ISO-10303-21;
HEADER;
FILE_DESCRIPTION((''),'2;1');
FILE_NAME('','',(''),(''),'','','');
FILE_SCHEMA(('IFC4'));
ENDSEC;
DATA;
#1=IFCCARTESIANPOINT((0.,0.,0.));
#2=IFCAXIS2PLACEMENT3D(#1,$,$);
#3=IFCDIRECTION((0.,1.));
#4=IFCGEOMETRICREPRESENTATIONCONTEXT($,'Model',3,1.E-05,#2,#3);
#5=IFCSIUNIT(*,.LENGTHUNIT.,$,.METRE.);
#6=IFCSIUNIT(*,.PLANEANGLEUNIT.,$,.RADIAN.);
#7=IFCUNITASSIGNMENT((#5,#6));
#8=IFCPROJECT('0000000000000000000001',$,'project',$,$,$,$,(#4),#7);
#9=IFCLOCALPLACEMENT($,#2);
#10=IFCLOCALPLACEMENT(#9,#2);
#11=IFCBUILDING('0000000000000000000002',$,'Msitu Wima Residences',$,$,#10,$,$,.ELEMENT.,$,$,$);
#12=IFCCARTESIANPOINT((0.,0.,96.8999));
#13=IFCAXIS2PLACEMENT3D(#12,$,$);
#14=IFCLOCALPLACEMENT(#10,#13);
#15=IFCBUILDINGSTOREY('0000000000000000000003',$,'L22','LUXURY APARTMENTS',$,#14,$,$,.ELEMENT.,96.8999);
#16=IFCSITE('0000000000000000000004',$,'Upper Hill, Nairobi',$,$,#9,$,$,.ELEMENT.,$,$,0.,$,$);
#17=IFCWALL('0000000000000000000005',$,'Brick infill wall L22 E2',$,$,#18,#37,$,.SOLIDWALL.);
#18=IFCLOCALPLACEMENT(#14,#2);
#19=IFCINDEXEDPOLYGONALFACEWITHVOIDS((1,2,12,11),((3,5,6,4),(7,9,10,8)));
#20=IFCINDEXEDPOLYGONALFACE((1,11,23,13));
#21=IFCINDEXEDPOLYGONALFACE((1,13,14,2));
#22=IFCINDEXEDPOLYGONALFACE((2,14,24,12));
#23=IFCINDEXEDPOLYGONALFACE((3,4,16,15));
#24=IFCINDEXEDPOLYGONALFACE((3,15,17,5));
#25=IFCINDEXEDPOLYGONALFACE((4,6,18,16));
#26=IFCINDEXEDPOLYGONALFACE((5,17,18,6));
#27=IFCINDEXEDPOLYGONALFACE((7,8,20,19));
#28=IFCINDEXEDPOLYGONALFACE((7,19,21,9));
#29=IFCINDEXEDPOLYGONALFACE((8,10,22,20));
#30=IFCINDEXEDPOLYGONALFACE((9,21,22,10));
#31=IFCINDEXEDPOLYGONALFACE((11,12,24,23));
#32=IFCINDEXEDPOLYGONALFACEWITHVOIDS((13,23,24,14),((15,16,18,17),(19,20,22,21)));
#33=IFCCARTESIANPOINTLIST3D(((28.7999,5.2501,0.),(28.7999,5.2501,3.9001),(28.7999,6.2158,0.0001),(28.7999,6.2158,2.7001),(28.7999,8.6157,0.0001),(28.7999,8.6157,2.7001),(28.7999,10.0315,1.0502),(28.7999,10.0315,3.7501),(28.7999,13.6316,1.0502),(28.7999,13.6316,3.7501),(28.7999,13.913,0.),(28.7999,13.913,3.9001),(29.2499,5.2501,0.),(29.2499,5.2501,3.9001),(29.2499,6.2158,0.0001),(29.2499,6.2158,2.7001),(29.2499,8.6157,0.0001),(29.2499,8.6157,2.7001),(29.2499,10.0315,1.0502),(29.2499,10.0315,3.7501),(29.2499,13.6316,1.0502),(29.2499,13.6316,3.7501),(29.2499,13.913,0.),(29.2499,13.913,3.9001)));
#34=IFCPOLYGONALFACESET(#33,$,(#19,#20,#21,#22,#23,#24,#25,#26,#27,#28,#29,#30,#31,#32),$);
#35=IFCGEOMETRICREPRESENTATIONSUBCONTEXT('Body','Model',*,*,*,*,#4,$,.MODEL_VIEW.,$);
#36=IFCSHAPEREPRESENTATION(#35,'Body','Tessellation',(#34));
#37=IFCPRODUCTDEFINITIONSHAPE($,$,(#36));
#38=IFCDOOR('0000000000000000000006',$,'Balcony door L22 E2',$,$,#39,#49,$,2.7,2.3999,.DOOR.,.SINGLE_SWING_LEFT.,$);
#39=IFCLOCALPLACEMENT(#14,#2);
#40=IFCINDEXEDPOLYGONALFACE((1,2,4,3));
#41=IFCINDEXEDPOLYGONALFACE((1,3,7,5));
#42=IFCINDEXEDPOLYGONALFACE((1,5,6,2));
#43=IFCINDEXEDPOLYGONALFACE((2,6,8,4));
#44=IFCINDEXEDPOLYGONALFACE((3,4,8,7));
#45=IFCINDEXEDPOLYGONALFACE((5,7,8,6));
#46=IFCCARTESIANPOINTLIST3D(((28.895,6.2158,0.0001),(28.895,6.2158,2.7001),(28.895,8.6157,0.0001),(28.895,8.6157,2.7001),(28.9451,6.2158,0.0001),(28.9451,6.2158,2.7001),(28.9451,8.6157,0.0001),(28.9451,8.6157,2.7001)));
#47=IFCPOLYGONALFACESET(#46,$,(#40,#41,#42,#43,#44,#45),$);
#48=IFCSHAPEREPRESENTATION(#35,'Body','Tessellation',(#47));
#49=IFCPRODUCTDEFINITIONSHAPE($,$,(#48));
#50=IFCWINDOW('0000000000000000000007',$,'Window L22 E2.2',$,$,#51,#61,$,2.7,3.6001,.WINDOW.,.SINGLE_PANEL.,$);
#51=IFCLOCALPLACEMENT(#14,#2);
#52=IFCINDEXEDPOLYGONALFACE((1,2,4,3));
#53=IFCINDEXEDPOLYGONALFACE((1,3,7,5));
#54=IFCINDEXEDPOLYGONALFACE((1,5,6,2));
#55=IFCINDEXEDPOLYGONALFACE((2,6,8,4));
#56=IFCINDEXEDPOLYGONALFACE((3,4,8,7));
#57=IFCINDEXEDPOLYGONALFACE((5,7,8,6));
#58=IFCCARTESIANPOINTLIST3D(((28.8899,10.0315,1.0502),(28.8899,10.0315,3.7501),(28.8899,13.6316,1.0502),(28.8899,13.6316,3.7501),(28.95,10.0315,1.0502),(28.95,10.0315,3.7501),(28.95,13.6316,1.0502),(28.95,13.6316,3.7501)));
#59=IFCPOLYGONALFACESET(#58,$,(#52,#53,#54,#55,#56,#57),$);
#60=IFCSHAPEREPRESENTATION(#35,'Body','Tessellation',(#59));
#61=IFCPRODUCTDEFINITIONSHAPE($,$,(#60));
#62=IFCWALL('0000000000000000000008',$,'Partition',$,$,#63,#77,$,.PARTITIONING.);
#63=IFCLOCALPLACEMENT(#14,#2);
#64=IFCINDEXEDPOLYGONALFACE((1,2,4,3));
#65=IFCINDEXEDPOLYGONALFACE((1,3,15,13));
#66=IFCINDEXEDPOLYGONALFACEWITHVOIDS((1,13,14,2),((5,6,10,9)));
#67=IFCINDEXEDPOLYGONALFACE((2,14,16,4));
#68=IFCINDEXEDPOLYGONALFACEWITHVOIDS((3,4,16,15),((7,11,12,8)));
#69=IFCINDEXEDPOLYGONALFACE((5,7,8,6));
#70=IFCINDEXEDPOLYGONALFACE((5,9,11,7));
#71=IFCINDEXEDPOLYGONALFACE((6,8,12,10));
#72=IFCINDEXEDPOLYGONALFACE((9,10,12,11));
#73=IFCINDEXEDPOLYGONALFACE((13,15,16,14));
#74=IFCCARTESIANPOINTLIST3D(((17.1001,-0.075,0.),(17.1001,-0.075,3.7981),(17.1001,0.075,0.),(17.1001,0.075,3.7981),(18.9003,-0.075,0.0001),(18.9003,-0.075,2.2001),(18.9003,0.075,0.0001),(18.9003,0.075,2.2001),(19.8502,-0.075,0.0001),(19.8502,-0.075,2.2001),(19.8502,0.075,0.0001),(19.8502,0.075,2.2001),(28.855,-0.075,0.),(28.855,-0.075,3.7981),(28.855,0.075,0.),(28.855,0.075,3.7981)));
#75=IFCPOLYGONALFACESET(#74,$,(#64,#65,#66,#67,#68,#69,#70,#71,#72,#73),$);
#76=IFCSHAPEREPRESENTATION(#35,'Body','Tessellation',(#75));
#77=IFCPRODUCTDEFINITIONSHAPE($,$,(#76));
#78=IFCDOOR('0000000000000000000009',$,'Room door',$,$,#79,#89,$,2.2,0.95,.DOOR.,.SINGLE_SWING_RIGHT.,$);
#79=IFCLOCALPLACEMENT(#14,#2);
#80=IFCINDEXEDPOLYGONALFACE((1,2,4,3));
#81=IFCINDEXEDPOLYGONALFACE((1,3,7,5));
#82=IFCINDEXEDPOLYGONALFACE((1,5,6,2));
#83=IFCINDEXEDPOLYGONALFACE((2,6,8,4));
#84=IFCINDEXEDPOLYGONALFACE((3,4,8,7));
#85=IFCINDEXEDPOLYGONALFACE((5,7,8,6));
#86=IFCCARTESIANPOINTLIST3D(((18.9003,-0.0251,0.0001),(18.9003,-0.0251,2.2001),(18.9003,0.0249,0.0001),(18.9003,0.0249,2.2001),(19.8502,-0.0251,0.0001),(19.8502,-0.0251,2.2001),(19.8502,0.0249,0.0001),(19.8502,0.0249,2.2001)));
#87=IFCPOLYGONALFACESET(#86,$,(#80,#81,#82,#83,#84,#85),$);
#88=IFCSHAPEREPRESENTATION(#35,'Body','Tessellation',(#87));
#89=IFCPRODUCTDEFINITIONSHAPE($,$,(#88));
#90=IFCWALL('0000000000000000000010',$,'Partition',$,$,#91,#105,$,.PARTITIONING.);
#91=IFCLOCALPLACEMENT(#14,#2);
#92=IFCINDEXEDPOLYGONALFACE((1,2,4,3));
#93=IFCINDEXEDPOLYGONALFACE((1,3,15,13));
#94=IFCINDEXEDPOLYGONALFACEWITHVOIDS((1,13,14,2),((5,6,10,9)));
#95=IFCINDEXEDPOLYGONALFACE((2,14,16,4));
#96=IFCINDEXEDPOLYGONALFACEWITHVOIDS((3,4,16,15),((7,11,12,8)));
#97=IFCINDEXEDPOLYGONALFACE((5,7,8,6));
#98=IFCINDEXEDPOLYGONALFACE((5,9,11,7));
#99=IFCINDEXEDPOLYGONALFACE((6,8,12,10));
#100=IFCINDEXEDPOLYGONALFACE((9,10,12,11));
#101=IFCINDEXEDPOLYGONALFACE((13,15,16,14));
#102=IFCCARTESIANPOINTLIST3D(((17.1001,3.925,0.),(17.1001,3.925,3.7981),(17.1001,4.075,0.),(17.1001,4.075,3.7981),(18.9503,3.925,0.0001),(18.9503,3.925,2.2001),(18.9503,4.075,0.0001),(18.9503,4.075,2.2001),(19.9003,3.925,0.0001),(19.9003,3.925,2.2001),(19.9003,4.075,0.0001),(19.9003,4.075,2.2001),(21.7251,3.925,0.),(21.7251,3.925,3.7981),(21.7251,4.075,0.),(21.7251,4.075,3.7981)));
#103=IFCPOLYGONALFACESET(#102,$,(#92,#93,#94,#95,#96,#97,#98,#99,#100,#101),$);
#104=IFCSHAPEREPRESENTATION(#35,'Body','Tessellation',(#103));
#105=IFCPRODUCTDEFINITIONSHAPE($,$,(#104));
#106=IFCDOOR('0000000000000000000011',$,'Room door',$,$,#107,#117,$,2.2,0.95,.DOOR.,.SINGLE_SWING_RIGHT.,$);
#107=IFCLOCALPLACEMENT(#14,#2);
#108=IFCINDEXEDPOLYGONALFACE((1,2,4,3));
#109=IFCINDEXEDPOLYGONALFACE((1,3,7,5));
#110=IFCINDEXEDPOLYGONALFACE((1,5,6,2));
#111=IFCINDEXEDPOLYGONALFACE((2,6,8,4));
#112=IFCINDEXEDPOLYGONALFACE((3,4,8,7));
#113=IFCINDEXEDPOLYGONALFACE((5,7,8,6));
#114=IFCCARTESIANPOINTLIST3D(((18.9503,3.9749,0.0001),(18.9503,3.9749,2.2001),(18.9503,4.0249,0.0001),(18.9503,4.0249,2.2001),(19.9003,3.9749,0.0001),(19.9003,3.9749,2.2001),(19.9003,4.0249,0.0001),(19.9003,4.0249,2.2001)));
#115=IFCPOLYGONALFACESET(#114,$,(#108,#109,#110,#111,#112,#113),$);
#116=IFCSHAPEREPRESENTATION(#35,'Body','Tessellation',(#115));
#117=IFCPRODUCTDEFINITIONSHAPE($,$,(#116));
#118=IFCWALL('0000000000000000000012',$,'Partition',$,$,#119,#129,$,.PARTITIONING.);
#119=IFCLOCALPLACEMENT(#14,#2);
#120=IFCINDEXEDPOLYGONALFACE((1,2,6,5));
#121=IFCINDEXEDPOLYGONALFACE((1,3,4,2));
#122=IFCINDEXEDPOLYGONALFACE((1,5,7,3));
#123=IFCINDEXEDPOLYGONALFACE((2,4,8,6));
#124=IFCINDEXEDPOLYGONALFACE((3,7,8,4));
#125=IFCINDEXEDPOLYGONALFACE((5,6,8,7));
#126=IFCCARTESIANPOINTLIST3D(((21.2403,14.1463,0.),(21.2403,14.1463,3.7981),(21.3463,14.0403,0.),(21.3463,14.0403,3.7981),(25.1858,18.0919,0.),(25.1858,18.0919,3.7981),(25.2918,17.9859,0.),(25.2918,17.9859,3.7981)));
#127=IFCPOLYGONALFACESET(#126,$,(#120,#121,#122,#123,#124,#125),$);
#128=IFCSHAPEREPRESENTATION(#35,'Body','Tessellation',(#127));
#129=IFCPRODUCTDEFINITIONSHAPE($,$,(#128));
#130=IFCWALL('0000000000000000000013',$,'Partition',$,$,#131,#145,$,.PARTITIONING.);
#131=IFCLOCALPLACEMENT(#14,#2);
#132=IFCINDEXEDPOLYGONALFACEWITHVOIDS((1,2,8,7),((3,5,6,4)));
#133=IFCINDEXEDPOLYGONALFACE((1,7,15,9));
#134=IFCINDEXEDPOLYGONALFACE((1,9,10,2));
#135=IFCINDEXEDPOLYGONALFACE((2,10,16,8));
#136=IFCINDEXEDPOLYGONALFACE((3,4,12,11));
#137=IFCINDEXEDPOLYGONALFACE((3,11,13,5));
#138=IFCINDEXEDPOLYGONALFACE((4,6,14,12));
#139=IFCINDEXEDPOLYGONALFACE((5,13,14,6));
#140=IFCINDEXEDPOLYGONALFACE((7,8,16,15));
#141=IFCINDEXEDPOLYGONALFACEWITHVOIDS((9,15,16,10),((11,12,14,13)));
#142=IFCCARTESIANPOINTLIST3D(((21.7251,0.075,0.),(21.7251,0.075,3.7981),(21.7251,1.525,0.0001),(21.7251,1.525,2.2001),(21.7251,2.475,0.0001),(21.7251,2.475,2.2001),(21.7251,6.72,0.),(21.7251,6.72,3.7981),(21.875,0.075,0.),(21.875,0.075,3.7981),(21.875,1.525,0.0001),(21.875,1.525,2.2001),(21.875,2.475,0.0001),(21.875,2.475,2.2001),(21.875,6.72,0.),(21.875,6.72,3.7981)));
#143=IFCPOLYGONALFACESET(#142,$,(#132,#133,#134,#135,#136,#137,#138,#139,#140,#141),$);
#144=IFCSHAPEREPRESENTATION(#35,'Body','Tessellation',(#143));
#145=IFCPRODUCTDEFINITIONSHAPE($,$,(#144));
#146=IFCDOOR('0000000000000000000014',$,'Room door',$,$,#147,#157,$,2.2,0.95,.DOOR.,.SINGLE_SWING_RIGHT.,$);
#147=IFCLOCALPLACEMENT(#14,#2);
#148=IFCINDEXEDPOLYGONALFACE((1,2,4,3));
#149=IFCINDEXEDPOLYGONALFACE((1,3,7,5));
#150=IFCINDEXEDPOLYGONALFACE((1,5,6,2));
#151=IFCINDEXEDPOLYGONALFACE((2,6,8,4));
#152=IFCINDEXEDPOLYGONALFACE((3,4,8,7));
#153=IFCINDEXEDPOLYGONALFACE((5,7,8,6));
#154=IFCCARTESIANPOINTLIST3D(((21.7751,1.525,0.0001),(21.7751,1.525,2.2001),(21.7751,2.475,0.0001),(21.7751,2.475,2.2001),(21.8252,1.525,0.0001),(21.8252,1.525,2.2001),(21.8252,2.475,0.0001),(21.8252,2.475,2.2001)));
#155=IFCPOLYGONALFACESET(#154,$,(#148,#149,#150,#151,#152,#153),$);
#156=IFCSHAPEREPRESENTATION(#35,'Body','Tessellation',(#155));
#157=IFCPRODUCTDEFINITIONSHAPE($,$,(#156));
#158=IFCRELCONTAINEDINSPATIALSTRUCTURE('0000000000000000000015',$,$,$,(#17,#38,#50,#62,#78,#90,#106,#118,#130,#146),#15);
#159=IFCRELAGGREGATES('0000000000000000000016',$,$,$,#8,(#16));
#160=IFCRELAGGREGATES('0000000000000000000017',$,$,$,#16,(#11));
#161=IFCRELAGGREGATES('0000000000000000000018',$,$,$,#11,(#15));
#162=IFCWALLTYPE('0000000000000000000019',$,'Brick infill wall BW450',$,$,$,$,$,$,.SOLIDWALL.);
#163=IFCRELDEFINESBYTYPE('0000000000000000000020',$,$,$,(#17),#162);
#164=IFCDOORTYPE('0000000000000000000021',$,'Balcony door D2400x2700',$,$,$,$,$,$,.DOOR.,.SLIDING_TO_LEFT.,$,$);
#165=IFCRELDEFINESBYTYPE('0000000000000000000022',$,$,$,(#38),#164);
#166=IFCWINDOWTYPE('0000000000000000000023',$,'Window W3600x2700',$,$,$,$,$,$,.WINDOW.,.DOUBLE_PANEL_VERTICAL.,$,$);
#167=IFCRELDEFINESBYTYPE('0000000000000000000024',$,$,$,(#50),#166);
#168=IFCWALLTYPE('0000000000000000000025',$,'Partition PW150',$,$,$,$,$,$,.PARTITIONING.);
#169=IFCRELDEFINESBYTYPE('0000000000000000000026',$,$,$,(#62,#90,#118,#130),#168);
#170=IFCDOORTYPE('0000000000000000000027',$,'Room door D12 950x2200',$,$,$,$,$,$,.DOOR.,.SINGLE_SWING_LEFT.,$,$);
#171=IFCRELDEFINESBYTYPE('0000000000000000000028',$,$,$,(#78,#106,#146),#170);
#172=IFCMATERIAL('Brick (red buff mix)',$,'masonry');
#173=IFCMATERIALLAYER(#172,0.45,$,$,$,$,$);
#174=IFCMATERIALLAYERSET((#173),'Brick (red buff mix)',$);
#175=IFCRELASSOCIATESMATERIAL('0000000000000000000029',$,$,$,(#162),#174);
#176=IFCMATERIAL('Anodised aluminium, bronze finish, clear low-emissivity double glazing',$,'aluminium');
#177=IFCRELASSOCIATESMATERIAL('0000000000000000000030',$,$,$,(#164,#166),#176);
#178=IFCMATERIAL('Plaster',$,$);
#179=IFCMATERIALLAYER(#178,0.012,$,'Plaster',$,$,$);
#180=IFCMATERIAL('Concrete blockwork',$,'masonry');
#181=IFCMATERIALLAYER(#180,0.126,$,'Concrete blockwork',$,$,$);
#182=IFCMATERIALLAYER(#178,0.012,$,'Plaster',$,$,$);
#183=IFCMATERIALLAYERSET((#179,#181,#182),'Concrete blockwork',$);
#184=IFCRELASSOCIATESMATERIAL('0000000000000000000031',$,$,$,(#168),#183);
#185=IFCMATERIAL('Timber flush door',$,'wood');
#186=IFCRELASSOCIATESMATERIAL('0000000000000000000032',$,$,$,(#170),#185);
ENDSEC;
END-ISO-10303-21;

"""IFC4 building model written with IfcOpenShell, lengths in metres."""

from ifc_helpers import new_model, si_unit, direction, frame, frame_2d, origin, place, context, subcontext, project, spatial, rectangle, extrude, material, layer, layer_set, type_object, element, fill, save


model = new_model("IFC4")

# Units and contexts
model_context = context("Model", 3, precision=1e-05, world=origin(), true_north=direction((0.0, 1.0)))
body_context = subcontext(model_context, "Body", "Model", "MODEL_VIEW")
ifc_project = project(units=[si_unit("LENGTHUNIT", "METRE"), si_unit("PLANEANGLEUNIT", "RADIAN")], contexts=[model_context])

# Site, building, storey
site_placement = place(None, origin())
site = spatial("IfcSite", under=ifc_project, at=site_placement, Name="Upper Hill, Nairobi", CompositionType="ELEMENT", RefElevation=0.0)
building_placement = place(site_placement, origin())
building = spatial("IfcBuilding", under=site, at=building_placement, Name="Msitu Wima Residences", CompositionType="ELEMENT")
storey_placement = place(building_placement, frame((0.0, 0.0, 96.8999)))
storey = spatial("IfcBuildingStorey", under=building, at=storey_placement, Name="L22", Description="LUXURY APARTMENTS", CompositionType="ELEMENT", Elevation=96.8999)

# Wall, openings, door, window
ifc_material_1 = material(Name="Brick (red buff mix)", Category="masonry")
ifc_layer_1 = layer(ifc_material_1, 0.45)
ifc_layer_set_1 = layer_set([ifc_layer_1], Name="Brick (red buff mix)")
wall_type_1 = type_object("IfcWallType", Name="Brick infill wall BW450", PredefinedType="SOLIDWALL", material=ifc_layer_set_1)
wall_1_placement = place(storey_placement, frame((29.0249, 5.25, 0.0), z_axis=(0.0, 0.0, 1.0), x_axis=(0.0, 1.0, 0.0)))
wall_1 = element("IfcWall", 1, at=wall_1_placement, inside=storey, type_object=wall_type_1, Name="Brick infill wall L22 E2", PredefinedType="SOLIDWALL", context=body_context, shape_type="SweptSolid", body=[
    extrude(rectangle(XDim=8.6628, YDim=0.45, at=frame_2d((4.3315, 0.0))), origin(), (0.0, 0.0, 1.0), 3.9001),
])
opening_1_placement = place(wall_1_placement, frame((0.9658, 0.0, 0.0)))
opening_1 = element("IfcOpeningElement", 2, at=opening_1_placement, cuts=wall_1, PredefinedType="OPENING", context=body_context, shape_type="SweptSolid", body=[
    extrude(rectangle(XDim=2.3999, YDim=2.7, at=frame_2d((1.2, 1.3501))), frame((0.0, 0.2349, 0.0), z_axis=(0.0, -1.0, 0.0), x_axis=(1.0, 0.0, 0.0)), (0.0, 0.0, 1.0), 0.47),
])
opening_2_placement = place(wall_1_placement, frame((4.7815, 0.0, 1.05)))
opening_2 = element("IfcOpeningElement", 3, at=opening_2_placement, cuts=wall_1, PredefinedType="OPENING", context=body_context, shape_type="SweptSolid", body=[
    extrude(rectangle(XDim=3.6001, YDim=2.7, at=frame_2d((1.8, 1.3501))), frame((0.0, 0.2349, 0.0), z_axis=(0.0, -1.0, 0.0), x_axis=(1.0, 0.0, 0.0)), (0.0, 0.0, 1.0), 0.47),
])
ifc_material_2 = material(Name="Anodised aluminium, bronze finish, clear low-emissivity double glazing", Category="aluminium")
door_type_1 = type_object("IfcDoorType", Name="Balcony door D2400x2700", OperationType="SLIDING_TO_LEFT", PredefinedType="DOOR", material=ifc_material_2)
door_1_placement = place(opening_1_placement, origin())
door_1 = element("IfcDoor", 4, at=door_1_placement, inside=storey, type_object=door_type_1, Name="Balcony door L22 E2", OperationType="SINGLE_SWING_LEFT", OverallHeight=2.7, OverallWidth=2.3999, PredefinedType="DOOR", context=body_context, shape_type="SweptSolid", body=[
    extrude(rectangle(XDim=2.3999, YDim=2.7, at=frame_2d((1.2, 1.3501))), frame((0.0, 0.1299, 0.0), z_axis=(0.0, -1.0, 0.0), x_axis=(1.0, 0.0, 0.0)), (0.0, 0.0, 1.0), 0.05),
])
fill(opening_1, door_1)
window_type = type_object("IfcWindowType", Name="Window W3600x2700", PartitioningType="DOUBLE_PANEL_VERTICAL", PredefinedType="WINDOW", material=ifc_material_2)
window_placement = place(opening_2_placement, origin())
window = element("IfcWindow", 5, at=window_placement, inside=storey, type_object=window_type, Name="Window L22 E2.2", OverallHeight=2.7, OverallWidth=3.6001, PartitioningType="SINGLE_PANEL", PredefinedType="WINDOW", context=body_context, shape_type="SweptSolid", body=[
    extrude(rectangle(XDim=3.6001, YDim=2.7, at=frame_2d((1.8, 1.3501))), frame((0.0, 0.135, 0.0), z_axis=(0.0, -1.0, 0.0), x_axis=(1.0, 0.0, 0.0)), (0.0, 0.0, 1.0), 0.0601),
])
fill(opening_2, window)

# Walls, openings, doors
ifc_material_3 = material(Name="Plaster")
ifc_layer_2 = layer(ifc_material_3, 0.012, Name="Plaster")
ifc_material_4 = material(Name="Concrete blockwork", Category="masonry")
ifc_layer_3 = layer(ifc_material_4, 0.126, Name="Concrete blockwork")
ifc_layer_4 = layer(ifc_material_3, 0.012, Name="Plaster")
ifc_layer_set_2 = layer_set([ifc_layer_2, ifc_layer_3, ifc_layer_4], Name="Concrete blockwork")
wall_type_2 = type_object("IfcWallType", Name="Partition PW150", PredefinedType="PARTITIONING", material=ifc_layer_set_2)
wall_2_placement = place(storey_placement, frame((17.1001, 0.0, 0.0), z_axis=(0.0, 0.0, 1.0), x_axis=(1.0, 0.0, 0.0)))
wall_2 = element("IfcWall", 6, at=wall_2_placement, inside=storey, type_object=wall_type_2, Name="Partition", PredefinedType="PARTITIONING", context=body_context, shape_type="SweptSolid", body=[
    extrude(rectangle(XDim=11.7549, YDim=0.1499, at=frame_2d((5.8774, 0.0))), origin(), (0.0, 0.0, 1.0), 3.7981),
])
opening_3_placement = place(wall_2_placement, frame((1.8, 0.0, 0.0)))
opening_3 = element("IfcOpeningElement", 7, at=opening_3_placement, cuts=wall_2, PredefinedType="OPENING", context=body_context, shape_type="SweptSolid", body=[
    extrude(rectangle(XDim=0.95, YDim=2.2, at=frame_2d((0.4751, 1.1001))), frame((0.0, 0.085, 0.0), z_axis=(0.0, -1.0, 0.0), x_axis=(1.0, 0.0, 0.0)), (0.0, 0.0, 1.0), 0.1699),
])
ifc_material_5 = material(Name="Timber flush door", Category="wood")
door_type_2 = type_object("IfcDoorType", Name="Room door D12 950x2200", OperationType="SINGLE_SWING_LEFT", PredefinedType="DOOR", material=ifc_material_5)
door_2_placement = place(opening_3_placement, origin())
door_2 = element("IfcDoor", 8, at=door_2_placement, inside=storey, type_object=door_type_2, Name="Room door", OperationType="SINGLE_SWING_RIGHT", OverallHeight=2.2, OverallWidth=0.95, PredefinedType="DOOR", context=body_context, shape_type="SweptSolid", body=[
    extrude(rectangle(XDim=0.95, YDim=2.2, at=frame_2d((0.4751, 1.1001))), frame((0.0, 0.0249, 0.0), z_axis=(0.0, -1.0, 0.0), x_axis=(1.0, 0.0, 0.0)), (0.0, 0.0, 1.0), 0.05),
])
fill(opening_3, door_2)
wall_3_placement = place(storey_placement, frame((17.1001, 4.0, 0.0), z_axis=(0.0, 0.0, 1.0), x_axis=(1.0, 0.0, 0.0)))
wall_3 = element("IfcWall", 9, at=wall_3_placement, inside=storey, type_object=wall_type_2, Name="Partition", PredefinedType="PARTITIONING", context=body_context, shape_type="SweptSolid", body=[
    extrude(rectangle(XDim=4.625, YDim=0.1499, at=frame_2d((2.3125, 0.0))), origin(), (0.0, 0.0, 1.0), 3.7981),
])
opening_4_placement = place(wall_3_placement, frame((1.8501, 0.0, 0.0)))
opening_4 = element("IfcOpeningElement", 10, at=opening_4_placement, cuts=wall_3, PredefinedType="OPENING", context=body_context, shape_type="SweptSolid", body=[
    extrude(rectangle(XDim=0.95, YDim=2.2, at=frame_2d((0.4751, 1.1001))), frame((0.0, 0.085, 0.0), z_axis=(0.0, -1.0, 0.0), x_axis=(1.0, 0.0, 0.0)), (0.0, 0.0, 1.0), 0.1699),
])
door_3_placement = place(opening_4_placement, origin())
door_3 = element("IfcDoor", 11, at=door_3_placement, inside=storey, type_object=door_type_2, Name="Room door", OperationType="SINGLE_SWING_RIGHT", OverallHeight=2.2, OverallWidth=0.95, PredefinedType="DOOR", context=body_context, shape_type="SweptSolid", body=[
    extrude(rectangle(XDim=0.95, YDim=2.2, at=frame_2d((0.4751, 1.1001))), frame((0.0, 0.0249, 0.0), z_axis=(0.0, -1.0, 0.0), x_axis=(1.0, 0.0, 0.0)), (0.0, 0.0, 1.0), 0.05),
])
fill(opening_4, door_3)

# Wall
wall_4_placement = place(storey_placement, frame((21.2932, 14.0933, 0.0), z_axis=(0.0, 0.0, 1.0), x_axis=(0.707107, 0.707107, 0.0)))
element("IfcWall", 12, at=wall_4_placement, inside=storey, type_object=wall_type_2, Name="Partition", PredefinedType="PARTITIONING", context=body_context, shape_type="SweptSolid", body=[
    extrude(rectangle(XDim=5.5798, YDim=0.1499, at=frame_2d((2.79, 0.0))), origin(), (0.0, 0.0, 1.0), 3.7981),
])

# Wall, opening, door
wall_5_placement = place(storey_placement, frame((21.8, 0.075, 0.0), z_axis=(0.0, 0.0, 1.0), x_axis=(0.0, 1.0, 0.0)))
wall_5 = element("IfcWall", 13, at=wall_5_placement, inside=storey, type_object=wall_type_2, Name="Partition", PredefinedType="PARTITIONING", context=body_context, shape_type="SweptSolid", body=[
    extrude(rectangle(XDim=6.645, YDim=0.1499, at=frame_2d((3.3225, 0.0))), origin(), (0.0, 0.0, 1.0), 3.7981),
])
opening_5_placement = place(wall_5_placement, frame((1.45, 0.0, 0.0)))
opening_5 = element("IfcOpeningElement", 14, at=opening_5_placement, cuts=wall_5, PredefinedType="OPENING", context=body_context, shape_type="SweptSolid", body=[
    extrude(rectangle(XDim=0.95, YDim=2.2, at=frame_2d((0.4751, 1.1001))), frame((0.0, 0.085, 0.0), z_axis=(0.0, -1.0, 0.0), x_axis=(1.0, 0.0, 0.0)), (0.0, 0.0, 1.0), 0.1699),
])
door_4_placement = place(opening_5_placement, origin())
door_4 = element("IfcDoor", 15, at=door_4_placement, inside=storey, type_object=door_type_2, Name="Room door", OperationType="SINGLE_SWING_RIGHT", OverallHeight=2.2, OverallWidth=0.95, PredefinedType="DOOR", context=body_context, shape_type="SweptSolid", body=[
    extrude(rectangle(XDim=0.95, YDim=2.2, at=frame_2d((0.4751, 1.1001))), frame((0.0, 0.0249, 0.0), z_axis=(0.0, -1.0, 0.0), x_axis=(1.0, 0.0, 0.0)), (0.0, 0.0, 1.0), 0.05),
])
fill(opening_5, door_4)

save(model, "model.ifc")
